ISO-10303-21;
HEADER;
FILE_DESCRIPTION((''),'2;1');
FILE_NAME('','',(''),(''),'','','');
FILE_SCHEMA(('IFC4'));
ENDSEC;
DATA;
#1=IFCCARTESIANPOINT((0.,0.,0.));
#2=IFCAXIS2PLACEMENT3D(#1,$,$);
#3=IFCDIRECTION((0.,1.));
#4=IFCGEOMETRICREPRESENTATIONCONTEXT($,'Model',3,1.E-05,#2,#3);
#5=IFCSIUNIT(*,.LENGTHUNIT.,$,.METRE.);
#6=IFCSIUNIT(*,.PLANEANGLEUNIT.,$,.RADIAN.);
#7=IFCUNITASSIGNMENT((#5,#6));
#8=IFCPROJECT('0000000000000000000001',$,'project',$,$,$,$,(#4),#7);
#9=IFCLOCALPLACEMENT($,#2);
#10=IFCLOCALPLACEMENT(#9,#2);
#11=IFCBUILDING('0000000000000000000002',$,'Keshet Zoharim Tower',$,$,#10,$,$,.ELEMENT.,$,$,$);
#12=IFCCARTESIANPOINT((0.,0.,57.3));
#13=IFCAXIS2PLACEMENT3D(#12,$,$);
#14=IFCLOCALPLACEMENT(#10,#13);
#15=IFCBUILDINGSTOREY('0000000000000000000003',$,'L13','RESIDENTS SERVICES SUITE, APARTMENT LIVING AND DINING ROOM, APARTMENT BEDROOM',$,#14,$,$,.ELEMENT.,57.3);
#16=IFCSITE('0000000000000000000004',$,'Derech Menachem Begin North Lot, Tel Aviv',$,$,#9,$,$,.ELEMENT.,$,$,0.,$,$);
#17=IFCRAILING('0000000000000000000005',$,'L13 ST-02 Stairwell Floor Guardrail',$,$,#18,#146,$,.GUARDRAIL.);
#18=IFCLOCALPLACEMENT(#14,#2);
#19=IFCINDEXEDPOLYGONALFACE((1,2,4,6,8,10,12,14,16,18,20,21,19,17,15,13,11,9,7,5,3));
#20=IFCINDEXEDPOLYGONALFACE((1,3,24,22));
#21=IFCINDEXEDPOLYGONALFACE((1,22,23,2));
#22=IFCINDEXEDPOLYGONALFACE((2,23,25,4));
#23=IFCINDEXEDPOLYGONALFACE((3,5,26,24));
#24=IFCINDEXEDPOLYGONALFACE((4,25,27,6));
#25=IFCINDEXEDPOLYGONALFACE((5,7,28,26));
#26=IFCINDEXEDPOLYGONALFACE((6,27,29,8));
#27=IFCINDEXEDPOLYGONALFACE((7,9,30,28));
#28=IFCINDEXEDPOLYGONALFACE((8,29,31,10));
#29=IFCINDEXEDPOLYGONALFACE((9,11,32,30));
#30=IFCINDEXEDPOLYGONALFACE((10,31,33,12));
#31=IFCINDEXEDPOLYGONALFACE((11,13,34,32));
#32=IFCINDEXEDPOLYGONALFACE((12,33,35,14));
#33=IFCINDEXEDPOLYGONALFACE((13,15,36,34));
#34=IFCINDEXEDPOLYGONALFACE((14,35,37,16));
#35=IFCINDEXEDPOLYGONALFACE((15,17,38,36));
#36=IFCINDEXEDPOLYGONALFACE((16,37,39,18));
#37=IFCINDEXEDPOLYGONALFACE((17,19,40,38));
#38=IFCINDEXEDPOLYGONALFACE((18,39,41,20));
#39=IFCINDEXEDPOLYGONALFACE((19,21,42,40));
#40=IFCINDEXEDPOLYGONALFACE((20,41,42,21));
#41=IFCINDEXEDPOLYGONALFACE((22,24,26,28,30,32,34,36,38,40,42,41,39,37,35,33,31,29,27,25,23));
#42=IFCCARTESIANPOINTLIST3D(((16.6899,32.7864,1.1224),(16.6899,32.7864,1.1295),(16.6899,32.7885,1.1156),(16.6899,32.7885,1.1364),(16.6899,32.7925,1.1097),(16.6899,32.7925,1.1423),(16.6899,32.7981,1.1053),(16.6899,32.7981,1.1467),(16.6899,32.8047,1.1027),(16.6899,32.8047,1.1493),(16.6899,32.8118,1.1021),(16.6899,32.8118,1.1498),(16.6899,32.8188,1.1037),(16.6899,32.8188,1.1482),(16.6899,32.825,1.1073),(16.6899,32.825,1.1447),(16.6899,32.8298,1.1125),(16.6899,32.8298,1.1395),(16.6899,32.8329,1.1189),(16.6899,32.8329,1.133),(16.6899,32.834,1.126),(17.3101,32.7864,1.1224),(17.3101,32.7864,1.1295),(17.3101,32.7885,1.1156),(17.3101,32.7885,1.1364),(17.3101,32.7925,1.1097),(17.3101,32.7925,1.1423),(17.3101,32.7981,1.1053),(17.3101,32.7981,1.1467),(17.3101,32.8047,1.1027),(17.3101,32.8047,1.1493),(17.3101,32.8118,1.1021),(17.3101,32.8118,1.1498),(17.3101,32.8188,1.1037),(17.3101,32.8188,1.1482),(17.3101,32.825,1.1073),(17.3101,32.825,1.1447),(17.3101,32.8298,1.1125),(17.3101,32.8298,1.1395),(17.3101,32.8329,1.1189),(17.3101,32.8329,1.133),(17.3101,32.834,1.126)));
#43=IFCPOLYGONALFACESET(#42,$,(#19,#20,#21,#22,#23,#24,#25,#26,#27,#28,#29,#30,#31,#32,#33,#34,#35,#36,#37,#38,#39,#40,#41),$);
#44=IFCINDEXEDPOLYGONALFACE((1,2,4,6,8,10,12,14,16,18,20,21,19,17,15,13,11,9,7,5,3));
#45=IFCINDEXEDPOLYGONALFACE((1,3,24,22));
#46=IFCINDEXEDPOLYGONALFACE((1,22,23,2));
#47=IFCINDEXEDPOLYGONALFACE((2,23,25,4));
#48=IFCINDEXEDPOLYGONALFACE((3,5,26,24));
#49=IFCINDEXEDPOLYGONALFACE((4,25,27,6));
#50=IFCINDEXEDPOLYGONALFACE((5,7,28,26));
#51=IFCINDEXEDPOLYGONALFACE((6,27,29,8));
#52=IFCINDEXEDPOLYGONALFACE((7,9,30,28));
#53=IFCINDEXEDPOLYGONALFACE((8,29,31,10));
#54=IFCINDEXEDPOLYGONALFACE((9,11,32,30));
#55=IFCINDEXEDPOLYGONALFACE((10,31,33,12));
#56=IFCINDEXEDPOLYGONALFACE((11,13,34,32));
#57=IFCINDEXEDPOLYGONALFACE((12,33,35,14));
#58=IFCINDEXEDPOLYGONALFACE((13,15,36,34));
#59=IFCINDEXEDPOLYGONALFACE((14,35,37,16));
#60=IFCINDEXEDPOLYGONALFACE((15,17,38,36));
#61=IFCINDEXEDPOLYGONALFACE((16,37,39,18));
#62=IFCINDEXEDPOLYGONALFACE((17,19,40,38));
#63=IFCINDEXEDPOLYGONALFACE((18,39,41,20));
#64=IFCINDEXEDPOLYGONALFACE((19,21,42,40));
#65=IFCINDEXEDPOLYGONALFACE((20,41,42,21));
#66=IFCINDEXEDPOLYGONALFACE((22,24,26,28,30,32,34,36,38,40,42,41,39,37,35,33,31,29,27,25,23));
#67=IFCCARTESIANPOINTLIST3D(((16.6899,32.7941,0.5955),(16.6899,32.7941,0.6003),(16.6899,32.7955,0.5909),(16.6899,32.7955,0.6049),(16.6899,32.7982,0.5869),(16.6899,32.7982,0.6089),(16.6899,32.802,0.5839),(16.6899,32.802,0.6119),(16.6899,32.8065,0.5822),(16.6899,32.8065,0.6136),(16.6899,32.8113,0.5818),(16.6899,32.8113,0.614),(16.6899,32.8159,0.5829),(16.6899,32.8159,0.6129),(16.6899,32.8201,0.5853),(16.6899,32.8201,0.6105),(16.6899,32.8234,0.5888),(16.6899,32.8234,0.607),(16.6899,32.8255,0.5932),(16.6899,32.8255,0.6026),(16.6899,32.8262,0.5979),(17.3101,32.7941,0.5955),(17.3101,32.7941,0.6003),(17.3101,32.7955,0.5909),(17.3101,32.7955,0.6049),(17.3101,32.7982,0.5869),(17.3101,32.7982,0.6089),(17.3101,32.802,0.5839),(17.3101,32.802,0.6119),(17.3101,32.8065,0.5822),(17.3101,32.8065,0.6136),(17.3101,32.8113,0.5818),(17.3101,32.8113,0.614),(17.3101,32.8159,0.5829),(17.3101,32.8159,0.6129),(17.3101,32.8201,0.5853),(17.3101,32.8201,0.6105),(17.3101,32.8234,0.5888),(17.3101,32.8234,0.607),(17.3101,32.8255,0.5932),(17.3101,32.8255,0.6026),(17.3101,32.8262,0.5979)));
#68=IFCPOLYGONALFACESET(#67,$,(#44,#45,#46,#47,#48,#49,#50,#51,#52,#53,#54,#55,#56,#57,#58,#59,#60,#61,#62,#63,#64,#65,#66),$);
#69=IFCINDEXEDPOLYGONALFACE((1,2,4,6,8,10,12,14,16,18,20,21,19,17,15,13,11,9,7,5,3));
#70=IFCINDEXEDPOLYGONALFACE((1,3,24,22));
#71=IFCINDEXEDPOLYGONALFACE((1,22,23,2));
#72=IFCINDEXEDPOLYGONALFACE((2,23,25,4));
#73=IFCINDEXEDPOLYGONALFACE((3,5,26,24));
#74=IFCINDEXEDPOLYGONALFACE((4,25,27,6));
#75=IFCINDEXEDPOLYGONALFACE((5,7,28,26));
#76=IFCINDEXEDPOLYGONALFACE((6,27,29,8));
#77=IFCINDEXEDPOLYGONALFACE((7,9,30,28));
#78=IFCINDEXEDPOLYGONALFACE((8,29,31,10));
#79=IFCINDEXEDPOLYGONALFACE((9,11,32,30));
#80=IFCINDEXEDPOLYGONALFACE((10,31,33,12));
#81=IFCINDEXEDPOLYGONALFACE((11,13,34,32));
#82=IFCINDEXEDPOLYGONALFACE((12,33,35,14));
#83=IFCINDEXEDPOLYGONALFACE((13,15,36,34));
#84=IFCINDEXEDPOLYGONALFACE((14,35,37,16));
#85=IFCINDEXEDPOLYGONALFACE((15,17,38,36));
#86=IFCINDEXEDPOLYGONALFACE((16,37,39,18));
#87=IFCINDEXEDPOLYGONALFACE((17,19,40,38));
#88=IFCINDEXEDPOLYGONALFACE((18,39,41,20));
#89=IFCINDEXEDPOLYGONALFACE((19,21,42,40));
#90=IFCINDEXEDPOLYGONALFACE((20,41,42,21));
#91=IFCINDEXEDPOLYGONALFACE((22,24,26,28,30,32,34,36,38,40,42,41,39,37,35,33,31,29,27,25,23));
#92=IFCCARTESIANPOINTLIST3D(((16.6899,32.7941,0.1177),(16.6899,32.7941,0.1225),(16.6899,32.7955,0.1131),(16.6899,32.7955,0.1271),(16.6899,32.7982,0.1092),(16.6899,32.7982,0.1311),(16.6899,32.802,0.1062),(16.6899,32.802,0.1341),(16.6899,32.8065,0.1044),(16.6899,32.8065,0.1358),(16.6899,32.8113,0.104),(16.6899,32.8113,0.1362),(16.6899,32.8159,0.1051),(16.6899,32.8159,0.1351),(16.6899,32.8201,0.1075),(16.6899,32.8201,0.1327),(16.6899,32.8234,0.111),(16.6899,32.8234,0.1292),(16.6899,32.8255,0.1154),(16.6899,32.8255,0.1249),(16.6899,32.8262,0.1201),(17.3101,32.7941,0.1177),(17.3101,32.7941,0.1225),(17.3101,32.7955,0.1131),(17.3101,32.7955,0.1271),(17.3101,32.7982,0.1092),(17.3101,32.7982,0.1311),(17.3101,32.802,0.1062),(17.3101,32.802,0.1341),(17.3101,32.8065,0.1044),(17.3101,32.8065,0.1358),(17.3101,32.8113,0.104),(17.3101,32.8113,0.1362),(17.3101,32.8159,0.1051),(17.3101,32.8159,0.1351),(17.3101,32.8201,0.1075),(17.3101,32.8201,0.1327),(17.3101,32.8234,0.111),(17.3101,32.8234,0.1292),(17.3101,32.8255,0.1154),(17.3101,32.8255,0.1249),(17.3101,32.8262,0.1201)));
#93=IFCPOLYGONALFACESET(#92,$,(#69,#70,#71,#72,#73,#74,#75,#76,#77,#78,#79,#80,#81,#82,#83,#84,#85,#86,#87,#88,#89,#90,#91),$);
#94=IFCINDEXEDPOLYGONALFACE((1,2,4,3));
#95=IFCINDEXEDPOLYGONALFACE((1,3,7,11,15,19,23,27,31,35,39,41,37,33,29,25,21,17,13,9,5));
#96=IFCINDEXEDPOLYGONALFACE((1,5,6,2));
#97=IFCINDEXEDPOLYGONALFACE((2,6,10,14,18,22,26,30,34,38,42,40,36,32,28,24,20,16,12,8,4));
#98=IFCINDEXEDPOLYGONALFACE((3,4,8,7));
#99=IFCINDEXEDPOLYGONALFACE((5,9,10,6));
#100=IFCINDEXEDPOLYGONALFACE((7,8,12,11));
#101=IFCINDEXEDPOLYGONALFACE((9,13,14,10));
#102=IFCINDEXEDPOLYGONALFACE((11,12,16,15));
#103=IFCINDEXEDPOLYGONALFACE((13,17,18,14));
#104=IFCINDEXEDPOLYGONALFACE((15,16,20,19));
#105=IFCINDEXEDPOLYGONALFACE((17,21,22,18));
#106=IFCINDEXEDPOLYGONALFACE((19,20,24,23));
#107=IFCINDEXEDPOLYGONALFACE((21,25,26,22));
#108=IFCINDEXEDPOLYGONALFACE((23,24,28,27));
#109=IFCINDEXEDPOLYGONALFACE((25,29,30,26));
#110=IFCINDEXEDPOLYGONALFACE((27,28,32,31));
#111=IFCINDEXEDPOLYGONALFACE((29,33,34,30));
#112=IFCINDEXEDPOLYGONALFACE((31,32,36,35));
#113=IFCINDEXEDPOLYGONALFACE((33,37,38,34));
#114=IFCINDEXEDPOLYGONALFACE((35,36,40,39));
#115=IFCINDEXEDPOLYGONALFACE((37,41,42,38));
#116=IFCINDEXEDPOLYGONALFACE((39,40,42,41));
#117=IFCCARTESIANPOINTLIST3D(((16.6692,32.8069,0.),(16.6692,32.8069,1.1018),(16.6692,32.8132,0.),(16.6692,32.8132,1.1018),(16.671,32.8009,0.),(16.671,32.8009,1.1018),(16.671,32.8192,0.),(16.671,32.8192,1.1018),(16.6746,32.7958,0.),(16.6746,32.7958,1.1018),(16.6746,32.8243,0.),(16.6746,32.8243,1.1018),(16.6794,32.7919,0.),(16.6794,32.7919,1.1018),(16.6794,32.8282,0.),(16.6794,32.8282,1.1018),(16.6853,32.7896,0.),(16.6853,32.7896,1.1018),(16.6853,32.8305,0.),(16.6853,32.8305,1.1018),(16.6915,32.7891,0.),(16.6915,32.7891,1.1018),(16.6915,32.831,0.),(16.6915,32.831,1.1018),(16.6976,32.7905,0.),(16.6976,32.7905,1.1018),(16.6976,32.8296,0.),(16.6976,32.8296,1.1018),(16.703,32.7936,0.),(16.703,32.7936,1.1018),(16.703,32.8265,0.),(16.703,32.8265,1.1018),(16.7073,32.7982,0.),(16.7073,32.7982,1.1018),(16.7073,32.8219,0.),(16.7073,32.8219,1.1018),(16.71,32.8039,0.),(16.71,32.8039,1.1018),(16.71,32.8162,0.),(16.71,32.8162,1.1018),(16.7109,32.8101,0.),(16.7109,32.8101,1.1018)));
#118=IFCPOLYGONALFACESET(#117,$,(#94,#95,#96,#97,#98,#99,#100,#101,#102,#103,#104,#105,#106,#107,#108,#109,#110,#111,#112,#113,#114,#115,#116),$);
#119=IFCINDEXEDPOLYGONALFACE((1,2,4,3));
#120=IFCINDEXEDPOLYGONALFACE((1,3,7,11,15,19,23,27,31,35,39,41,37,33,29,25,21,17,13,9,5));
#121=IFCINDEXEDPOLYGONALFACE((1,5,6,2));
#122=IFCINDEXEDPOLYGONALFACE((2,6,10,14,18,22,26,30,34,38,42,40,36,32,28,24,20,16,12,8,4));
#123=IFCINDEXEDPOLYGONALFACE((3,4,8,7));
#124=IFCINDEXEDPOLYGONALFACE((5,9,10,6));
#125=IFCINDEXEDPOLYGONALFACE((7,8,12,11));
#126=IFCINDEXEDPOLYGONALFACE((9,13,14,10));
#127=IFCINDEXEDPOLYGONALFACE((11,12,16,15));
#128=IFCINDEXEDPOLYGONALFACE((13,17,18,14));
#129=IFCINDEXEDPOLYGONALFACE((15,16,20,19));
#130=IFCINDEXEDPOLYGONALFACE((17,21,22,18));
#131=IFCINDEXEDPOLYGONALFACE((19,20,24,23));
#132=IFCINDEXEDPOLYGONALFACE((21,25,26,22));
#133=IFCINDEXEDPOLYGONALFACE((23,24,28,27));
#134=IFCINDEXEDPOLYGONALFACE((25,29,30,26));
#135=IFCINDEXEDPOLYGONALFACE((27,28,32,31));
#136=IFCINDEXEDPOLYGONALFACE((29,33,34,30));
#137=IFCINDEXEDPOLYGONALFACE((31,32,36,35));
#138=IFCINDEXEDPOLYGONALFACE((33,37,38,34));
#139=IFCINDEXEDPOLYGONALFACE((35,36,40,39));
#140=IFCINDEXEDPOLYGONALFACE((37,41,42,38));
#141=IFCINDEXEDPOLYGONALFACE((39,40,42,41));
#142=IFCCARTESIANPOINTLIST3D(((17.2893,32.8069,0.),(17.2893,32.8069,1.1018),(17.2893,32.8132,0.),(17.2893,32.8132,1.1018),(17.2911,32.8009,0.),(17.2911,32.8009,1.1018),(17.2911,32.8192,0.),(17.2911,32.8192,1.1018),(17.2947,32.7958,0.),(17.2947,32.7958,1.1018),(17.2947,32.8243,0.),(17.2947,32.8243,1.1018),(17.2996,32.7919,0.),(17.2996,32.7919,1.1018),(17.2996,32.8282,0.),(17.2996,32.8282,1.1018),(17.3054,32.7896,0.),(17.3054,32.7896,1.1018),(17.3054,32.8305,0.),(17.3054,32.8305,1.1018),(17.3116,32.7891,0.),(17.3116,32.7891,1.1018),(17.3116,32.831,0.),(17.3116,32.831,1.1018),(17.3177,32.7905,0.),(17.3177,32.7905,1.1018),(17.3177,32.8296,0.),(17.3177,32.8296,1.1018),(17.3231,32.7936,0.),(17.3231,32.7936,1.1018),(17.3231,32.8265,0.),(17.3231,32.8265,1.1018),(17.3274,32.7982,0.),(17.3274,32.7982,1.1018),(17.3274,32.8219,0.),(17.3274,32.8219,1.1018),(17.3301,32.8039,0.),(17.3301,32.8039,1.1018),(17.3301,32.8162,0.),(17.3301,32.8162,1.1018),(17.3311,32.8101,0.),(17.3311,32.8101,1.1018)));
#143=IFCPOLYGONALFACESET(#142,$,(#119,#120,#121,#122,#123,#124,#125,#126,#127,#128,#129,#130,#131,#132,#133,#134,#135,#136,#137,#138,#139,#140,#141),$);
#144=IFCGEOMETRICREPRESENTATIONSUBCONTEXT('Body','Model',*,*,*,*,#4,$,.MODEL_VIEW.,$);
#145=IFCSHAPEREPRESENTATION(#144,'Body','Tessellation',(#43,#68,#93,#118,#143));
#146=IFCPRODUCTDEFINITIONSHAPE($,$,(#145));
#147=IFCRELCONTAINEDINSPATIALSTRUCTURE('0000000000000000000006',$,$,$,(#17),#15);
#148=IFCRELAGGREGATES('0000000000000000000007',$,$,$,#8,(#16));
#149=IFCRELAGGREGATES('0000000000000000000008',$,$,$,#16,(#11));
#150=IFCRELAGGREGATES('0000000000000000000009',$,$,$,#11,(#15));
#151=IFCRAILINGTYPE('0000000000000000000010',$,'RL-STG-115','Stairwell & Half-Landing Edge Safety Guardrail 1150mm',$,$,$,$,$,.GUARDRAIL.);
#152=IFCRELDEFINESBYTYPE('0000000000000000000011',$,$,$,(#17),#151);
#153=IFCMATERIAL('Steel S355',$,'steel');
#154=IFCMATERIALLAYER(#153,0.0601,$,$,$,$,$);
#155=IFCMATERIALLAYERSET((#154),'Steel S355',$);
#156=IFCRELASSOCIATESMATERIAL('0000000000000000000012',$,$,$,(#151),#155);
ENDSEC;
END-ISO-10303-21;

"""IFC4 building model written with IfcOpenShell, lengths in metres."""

from ifc_helpers import new_model, si_unit, direction, frame, origin, origin_2d, place, context, subcontext, project, spatial, circle, extrude, material, layer, layer_set, type_object, element, save


model = new_model("IFC4")

# Units and contexts
model_context = context("Model", 3, precision=1e-05, world=origin(), true_north=direction((0.0, 1.0)))
body_context = subcontext(model_context, "Body", "Model", "MODEL_VIEW")
ifc_project = project(units=[si_unit("LENGTHUNIT", "METRE"), si_unit("PLANEANGLEUNIT", "RADIAN")], contexts=[model_context])

# Site, building, storey
site_placement = place(None, origin())
site = spatial("IfcSite", under=ifc_project, at=site_placement, Name="Derech Menachem Begin North Lot, Tel Aviv", CompositionType="ELEMENT", RefElevation=0.0)
building_placement = place(site_placement, origin())
building = spatial("IfcBuilding", under=site, at=building_placement, Name="Keshet Zoharim Tower", CompositionType="ELEMENT")
storey_placement = place(building_placement, frame((0.0, 0.0, 57.3)))
storey = spatial("IfcBuildingStorey", under=building, at=storey_placement, Name="L13", Description="RESIDENTS SERVICES SUITE, APARTMENT LIVING AND DINING ROOM, APARTMENT BEDROOM", CompositionType="ELEMENT", Elevation=57.3)

# Shared definitions
ifc_material_1 = material(Name="Steel S355", Category="steel")

# Railing
ifc_layer_1 = layer(ifc_material_1, 0.0601)
ifc_layer_set_1 = layer_set([ifc_layer_1], Name="Steel S355")
railing_type_1 = type_object("IfcRailingType", Name="RL-STG-115", Description="Stairwell & Half-Landing Edge Safety Guardrail 1150mm", PredefinedType="GUARDRAIL", material=ifc_layer_set_1)
railing_1_placement = place(storey_placement, frame((16.6899, 32.8101, 0.0)))
element("IfcRailing", 1, at=railing_1_placement, inside=storey, type_object=railing_type_1, Name="L13 ST-02 Stairwell Floor Guardrail", PredefinedType="GUARDRAIL", context=body_context, shape_type="SweptSolid", body=[
    extrude(circle(Radius=0.0239, at=origin_2d()), frame((0.0, 0.0, 1.126), z_axis=(1.0, 0.0, 0.0), x_axis=(0.0, 1.0, 0.0)), (0.0, 0.0, 1.0), 0.6201),
    extrude(circle(Radius=0.0161, at=origin_2d()), frame((0.0, 0.0, 0.5979), z_axis=(1.0, 0.0, 0.0), x_axis=(0.0, 1.0, 0.0)), (0.0, 0.0, 1.0), 0.6201),
    extrude(circle(Radius=0.0161, at=origin_2d()), frame((0.0, 0.0, 0.1201), z_axis=(1.0, 0.0, 0.0), x_axis=(0.0, 1.0, 0.0)), (0.0, 0.0, 1.0), 0.6201),
    extrude(circle(Radius=0.021, at=origin_2d()), origin(), (0.0, 0.0, 1.0), 1.1018),
    extrude(circle(Radius=0.021, at=origin_2d()), frame((0.6201, 0.0, 0.0)), (0.0, 0.0, 1.0), 1.1018),
])

save(model, "model.ifc")
